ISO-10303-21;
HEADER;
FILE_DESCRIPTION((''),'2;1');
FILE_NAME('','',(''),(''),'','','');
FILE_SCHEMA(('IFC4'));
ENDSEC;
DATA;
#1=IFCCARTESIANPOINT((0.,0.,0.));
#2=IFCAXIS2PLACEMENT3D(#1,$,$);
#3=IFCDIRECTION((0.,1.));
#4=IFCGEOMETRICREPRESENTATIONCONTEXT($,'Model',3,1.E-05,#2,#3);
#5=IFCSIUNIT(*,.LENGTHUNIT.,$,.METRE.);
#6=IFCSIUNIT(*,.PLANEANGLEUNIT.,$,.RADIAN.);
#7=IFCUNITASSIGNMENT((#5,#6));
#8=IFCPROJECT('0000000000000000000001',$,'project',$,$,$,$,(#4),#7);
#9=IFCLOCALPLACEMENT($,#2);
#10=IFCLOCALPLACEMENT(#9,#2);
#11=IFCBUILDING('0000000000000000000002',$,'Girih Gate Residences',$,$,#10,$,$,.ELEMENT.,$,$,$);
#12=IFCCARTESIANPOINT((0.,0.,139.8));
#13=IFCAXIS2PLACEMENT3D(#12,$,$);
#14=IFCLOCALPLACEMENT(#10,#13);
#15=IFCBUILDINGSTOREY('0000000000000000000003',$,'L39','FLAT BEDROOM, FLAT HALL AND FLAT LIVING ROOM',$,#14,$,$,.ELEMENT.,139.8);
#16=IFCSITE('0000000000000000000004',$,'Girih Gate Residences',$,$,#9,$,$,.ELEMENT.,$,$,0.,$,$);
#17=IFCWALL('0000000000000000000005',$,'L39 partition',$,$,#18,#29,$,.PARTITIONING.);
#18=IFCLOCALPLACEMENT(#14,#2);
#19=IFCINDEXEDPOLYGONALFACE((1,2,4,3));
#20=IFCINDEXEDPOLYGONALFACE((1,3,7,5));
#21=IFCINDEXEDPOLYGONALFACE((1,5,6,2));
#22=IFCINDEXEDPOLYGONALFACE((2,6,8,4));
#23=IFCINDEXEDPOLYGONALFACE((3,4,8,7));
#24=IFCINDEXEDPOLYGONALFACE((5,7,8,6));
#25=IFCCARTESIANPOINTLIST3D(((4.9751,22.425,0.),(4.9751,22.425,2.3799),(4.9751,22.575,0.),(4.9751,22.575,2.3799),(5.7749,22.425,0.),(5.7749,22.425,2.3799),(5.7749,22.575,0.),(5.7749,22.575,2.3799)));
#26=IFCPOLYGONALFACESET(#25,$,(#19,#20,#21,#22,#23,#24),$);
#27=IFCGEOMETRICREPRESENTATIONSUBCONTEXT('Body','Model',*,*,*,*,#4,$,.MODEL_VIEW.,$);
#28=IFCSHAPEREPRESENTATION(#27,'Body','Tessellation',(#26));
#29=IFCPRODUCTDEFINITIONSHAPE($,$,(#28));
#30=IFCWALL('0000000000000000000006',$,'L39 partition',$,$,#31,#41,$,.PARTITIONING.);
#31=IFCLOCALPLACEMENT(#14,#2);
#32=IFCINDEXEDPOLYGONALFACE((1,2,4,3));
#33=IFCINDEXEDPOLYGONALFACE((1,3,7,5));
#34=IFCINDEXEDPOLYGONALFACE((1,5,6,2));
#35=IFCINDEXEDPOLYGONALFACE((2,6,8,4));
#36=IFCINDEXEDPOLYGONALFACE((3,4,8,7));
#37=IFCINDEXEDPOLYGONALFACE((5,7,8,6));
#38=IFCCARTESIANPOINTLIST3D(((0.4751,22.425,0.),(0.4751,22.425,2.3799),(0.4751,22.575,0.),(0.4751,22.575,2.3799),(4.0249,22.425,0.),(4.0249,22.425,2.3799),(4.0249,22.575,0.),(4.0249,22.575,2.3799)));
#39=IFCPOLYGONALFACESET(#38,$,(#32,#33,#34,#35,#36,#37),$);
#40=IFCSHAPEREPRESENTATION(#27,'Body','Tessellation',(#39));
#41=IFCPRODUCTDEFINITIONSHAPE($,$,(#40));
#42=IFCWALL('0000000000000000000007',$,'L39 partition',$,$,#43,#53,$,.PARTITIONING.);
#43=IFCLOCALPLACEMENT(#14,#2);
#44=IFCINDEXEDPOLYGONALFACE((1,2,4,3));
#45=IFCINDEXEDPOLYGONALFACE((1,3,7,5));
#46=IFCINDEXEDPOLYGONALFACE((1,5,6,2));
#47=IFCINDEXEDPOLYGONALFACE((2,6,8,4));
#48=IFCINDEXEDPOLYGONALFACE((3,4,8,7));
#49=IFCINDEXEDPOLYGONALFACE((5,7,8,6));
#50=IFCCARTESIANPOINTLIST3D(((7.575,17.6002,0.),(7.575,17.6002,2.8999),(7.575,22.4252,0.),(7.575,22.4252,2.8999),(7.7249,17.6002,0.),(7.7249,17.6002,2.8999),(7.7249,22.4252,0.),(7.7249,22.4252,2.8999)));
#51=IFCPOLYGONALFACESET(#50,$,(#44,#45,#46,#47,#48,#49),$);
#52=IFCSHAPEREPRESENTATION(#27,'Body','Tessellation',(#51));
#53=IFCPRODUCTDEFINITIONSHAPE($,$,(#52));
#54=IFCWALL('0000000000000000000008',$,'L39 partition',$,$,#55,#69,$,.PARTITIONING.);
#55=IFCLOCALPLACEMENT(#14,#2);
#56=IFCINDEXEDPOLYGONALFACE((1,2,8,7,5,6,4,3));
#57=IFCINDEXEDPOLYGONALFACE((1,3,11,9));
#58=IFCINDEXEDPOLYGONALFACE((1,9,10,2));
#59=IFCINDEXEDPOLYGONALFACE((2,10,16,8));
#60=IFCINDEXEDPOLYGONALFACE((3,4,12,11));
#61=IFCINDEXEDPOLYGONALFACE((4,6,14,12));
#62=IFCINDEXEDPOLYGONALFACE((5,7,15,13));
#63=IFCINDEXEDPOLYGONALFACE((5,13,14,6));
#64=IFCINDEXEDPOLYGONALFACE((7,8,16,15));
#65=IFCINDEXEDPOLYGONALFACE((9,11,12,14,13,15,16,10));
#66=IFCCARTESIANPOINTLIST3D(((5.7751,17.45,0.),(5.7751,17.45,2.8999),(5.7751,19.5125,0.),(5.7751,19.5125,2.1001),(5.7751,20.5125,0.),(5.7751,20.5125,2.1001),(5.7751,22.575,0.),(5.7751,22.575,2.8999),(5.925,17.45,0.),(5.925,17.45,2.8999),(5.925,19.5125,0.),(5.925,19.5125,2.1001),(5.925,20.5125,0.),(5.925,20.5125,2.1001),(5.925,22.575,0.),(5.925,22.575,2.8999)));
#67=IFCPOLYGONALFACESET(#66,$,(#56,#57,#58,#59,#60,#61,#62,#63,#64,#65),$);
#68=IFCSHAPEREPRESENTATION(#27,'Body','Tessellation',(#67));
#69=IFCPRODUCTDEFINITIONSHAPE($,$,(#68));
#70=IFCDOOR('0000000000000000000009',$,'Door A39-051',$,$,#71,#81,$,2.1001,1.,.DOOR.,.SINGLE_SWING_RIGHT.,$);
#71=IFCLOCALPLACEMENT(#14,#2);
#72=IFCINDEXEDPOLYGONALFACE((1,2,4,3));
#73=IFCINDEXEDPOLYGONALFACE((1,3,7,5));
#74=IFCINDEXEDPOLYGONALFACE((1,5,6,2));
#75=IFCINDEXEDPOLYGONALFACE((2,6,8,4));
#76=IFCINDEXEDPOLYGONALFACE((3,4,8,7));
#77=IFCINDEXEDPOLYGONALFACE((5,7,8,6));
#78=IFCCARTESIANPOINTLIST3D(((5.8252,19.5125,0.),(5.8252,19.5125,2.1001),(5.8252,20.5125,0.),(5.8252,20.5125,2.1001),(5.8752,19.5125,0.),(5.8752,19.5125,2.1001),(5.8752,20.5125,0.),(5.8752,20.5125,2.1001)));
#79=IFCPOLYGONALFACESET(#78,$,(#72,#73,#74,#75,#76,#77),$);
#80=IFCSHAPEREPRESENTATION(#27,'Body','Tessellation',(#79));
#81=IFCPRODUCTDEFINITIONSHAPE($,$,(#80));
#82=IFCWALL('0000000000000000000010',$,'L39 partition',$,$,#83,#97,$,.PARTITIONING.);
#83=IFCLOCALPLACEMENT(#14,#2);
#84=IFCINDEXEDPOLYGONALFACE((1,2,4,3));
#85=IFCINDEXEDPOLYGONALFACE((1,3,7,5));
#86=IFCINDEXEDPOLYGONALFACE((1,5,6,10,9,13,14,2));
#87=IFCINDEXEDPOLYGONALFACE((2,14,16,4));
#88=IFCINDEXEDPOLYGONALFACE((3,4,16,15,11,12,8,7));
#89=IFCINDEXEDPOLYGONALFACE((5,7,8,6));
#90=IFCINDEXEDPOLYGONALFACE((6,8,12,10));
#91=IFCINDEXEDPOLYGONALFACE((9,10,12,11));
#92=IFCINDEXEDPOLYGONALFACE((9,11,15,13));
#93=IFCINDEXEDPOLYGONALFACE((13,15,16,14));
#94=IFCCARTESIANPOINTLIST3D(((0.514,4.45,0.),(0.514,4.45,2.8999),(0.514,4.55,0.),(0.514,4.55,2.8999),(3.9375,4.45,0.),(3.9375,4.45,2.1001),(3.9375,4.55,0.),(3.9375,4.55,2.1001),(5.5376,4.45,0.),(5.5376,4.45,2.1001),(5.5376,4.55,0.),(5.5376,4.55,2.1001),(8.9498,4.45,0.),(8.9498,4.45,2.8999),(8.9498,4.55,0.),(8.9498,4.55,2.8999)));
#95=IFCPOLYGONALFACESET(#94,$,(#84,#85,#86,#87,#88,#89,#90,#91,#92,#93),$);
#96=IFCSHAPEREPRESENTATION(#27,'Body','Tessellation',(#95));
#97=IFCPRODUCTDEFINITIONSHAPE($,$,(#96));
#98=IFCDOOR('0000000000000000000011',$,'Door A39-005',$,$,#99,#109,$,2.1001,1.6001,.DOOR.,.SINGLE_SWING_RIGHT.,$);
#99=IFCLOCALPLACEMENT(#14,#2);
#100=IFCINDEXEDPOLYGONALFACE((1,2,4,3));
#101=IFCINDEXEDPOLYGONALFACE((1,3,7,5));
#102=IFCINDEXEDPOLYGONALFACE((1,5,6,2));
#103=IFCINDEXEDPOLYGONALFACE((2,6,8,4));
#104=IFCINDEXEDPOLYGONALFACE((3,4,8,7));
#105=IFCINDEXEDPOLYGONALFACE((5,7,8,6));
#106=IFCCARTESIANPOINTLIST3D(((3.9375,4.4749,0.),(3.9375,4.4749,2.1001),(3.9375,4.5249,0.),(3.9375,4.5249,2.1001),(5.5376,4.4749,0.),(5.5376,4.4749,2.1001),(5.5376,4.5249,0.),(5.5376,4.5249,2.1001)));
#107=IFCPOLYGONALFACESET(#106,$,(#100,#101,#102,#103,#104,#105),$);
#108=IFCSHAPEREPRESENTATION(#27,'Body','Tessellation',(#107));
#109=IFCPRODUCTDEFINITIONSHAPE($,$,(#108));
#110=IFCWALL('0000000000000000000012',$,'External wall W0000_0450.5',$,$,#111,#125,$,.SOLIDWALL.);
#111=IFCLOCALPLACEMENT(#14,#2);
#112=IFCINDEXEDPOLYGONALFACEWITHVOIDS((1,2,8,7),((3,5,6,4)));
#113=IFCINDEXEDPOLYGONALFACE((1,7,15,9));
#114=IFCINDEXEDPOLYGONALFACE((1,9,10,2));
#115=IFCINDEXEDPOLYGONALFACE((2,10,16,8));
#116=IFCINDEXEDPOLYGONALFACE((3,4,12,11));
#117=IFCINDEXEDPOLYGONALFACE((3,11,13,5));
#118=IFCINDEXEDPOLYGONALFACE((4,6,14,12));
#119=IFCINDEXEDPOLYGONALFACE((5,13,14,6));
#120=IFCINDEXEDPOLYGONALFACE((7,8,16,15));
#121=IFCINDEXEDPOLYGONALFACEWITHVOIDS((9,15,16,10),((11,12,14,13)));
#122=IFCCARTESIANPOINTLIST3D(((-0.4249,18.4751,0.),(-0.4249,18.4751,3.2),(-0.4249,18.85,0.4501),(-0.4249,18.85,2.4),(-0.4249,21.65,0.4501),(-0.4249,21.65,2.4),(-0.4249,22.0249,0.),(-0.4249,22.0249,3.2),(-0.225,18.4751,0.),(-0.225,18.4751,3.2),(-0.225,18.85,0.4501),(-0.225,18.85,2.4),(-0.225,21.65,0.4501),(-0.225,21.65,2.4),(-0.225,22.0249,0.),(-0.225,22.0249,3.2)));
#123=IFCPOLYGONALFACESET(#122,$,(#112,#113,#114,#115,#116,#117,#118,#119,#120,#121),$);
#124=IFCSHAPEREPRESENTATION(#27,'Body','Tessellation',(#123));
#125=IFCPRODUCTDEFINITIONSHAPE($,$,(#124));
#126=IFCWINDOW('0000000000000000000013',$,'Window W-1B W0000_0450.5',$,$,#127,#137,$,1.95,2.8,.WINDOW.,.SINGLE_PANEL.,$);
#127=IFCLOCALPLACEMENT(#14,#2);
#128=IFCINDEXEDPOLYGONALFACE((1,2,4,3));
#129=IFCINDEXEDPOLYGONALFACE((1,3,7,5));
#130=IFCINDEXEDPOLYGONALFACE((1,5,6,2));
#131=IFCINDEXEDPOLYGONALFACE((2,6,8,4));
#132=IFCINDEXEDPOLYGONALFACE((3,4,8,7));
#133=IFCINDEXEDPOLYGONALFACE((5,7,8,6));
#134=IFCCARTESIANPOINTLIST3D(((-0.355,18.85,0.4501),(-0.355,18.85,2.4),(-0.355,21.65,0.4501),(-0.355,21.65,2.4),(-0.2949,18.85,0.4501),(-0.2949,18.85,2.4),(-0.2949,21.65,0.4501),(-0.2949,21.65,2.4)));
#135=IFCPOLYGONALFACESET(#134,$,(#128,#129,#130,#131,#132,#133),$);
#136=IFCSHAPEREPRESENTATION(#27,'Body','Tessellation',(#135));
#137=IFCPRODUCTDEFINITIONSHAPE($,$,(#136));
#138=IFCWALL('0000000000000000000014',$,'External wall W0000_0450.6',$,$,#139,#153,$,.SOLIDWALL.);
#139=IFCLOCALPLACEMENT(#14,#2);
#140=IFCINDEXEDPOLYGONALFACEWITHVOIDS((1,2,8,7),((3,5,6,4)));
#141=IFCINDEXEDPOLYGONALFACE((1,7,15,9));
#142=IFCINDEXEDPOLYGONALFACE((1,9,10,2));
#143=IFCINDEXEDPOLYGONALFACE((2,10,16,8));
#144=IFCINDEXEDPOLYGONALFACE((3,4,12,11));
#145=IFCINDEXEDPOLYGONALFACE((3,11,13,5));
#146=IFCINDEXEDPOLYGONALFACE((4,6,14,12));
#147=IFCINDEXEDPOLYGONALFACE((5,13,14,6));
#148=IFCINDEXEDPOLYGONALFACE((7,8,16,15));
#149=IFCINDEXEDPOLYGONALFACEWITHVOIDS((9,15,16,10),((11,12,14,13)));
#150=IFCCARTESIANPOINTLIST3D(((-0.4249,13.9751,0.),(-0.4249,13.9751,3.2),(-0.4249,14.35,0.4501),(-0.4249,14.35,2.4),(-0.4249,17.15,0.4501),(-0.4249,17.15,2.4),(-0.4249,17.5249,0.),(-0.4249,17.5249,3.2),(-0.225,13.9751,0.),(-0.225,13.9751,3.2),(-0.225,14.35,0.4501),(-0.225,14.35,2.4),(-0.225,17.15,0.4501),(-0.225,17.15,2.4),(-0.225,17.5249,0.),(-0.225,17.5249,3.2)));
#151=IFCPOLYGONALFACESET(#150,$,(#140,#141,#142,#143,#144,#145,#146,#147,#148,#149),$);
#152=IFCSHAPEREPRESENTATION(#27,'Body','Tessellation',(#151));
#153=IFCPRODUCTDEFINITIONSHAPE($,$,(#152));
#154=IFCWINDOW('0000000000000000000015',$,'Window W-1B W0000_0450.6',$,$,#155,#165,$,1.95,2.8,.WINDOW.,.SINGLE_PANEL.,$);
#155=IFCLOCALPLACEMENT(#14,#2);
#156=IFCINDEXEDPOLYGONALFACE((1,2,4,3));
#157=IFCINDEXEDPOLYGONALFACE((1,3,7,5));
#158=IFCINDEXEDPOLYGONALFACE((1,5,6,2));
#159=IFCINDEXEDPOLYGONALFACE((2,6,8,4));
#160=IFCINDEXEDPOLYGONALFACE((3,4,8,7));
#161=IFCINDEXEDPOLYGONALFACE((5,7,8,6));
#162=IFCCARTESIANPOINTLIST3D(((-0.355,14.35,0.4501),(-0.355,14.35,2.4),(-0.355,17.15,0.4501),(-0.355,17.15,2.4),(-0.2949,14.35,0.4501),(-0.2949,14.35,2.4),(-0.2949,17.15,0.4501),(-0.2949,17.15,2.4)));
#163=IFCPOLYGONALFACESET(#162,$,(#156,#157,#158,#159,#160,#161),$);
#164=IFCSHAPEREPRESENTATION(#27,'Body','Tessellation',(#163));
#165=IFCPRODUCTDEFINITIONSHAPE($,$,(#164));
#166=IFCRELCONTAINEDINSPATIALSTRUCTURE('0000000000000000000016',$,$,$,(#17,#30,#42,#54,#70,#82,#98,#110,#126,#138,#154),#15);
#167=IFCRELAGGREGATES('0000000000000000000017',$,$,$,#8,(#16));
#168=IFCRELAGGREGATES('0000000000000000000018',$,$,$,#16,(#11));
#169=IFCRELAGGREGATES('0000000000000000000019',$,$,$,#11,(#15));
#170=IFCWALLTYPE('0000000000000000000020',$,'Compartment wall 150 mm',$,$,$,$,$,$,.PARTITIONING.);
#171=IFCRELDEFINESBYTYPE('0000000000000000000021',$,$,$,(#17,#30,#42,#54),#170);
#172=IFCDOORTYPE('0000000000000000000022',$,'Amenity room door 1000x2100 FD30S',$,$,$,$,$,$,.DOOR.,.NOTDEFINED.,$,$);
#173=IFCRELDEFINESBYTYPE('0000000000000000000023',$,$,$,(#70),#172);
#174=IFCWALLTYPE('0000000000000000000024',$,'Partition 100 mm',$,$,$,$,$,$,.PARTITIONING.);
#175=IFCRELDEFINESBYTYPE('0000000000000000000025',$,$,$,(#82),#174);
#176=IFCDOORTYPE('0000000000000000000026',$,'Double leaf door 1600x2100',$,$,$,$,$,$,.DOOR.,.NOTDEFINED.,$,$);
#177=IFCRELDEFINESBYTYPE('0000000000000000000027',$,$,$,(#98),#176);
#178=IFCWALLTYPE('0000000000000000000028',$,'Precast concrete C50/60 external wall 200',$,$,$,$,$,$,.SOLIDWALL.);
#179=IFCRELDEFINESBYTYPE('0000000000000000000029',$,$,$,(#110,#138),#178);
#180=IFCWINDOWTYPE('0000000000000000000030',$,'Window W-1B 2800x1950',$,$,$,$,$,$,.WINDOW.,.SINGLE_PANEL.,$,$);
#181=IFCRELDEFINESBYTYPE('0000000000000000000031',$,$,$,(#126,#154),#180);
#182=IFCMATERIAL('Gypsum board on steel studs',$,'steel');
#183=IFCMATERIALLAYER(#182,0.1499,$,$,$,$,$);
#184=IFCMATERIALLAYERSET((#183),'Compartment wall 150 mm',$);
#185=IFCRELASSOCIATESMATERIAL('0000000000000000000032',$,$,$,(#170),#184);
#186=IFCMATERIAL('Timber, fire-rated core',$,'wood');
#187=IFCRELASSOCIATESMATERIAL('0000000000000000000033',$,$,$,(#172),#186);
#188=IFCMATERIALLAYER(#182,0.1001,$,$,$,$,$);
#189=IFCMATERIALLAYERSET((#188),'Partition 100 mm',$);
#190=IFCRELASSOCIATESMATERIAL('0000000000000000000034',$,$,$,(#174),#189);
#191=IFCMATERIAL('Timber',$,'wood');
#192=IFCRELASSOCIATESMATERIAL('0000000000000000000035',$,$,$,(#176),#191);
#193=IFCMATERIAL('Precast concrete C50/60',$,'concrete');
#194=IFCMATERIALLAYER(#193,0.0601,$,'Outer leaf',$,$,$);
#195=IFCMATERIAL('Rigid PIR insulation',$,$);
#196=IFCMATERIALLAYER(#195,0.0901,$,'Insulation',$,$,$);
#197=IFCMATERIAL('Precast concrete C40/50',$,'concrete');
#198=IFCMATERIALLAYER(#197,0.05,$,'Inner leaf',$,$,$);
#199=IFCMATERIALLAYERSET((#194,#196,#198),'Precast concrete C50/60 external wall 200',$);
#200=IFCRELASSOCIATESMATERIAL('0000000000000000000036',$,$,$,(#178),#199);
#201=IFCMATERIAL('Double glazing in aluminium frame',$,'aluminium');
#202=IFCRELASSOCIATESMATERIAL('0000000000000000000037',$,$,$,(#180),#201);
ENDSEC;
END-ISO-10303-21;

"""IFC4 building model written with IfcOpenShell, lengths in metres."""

from ifc_helpers import new_model, si_unit, direction, frame, frame_2d, origin, place, context, subcontext, project, spatial, rectangle, extrude, material, layer, layer_set, type_object, element, fill, save


model = new_model("IFC4")

# Units and contexts
model_context = context("Model", 3, precision=1e-05, world=origin(), true_north=direction((0.0, 1.0)))
body_context = subcontext(model_context, "Body", "Model", "MODEL_VIEW")
ifc_project = project(units=[si_unit("LENGTHUNIT", "METRE"), si_unit("PLANEANGLEUNIT", "RADIAN")], contexts=[model_context])

# Site, building, storey
site_placement = place(None, origin())
site = spatial("IfcSite", under=ifc_project, at=site_placement, Name="Girih Gate Residences", CompositionType="ELEMENT", RefElevation=0.0)
building_placement = place(site_placement, origin())
building = spatial("IfcBuilding", under=site, at=building_placement, Name="Girih Gate Residences", CompositionType="ELEMENT")
storey_placement = place(building_placement, frame((0.0, 0.0, 139.8)))
storey = spatial("IfcBuildingStorey", under=building, at=storey_placement, Name="L39", Description="FLAT BEDROOM, FLAT HALL AND FLAT LIVING ROOM", CompositionType="ELEMENT", Elevation=139.8)

# Shared definitions
ifc_material_1 = material(Name="Gypsum board on steel studs", Category="steel")
ifc_layer_1 = layer(ifc_material_1, 0.1499)
ifc_layer_set_1 = layer_set([ifc_layer_1], Name="Compartment wall 150 mm")
wall_type_1 = type_object("IfcWallType", Name="Compartment wall 150 mm", PredefinedType="PARTITIONING", material=ifc_layer_set_1)

# Shared definitions
ifc_material_2 = material(Name="Timber", Category="wood")

# Walls
wall_1_placement = place(storey_placement, frame((4.9751, 22.5, 0.0), z_axis=(0.0, 0.0, 1.0), x_axis=(1.0, 0.0, 0.0)))
element("IfcWall", 1, at=wall_1_placement, inside=storey, type_object=wall_type_1, Name="L39 partition", PredefinedType="PARTITIONING", context=body_context, shape_type="SweptSolid", body=[
    extrude(rectangle(XDim=0.7998, YDim=0.1499, at=frame_2d((0.3999, 0.0))), origin(), (0.0, 0.0, 1.0), 2.3799),
])
wall_2_placement = place(storey_placement, frame((0.4751, 22.5, 0.0), z_axis=(0.0, 0.0, 1.0), x_axis=(1.0, 0.0, 0.0)))
element("IfcWall", 2, at=wall_2_placement, inside=storey, type_object=wall_type_1, Name="L39 partition", PredefinedType="PARTITIONING", context=body_context, shape_type="SweptSolid", body=[
    extrude(rectangle(XDim=3.5498, YDim=0.1499, at=frame_2d((1.7749, 0.0))), origin(), (0.0, 0.0, 1.0), 2.3799),
])
wall_3_placement = place(storey_placement, frame((7.6499, 17.6001, 0.0), z_axis=(0.0, 0.0, 1.0), x_axis=(0.0, 1.0, 0.0)))
element("IfcWall", 3, at=wall_3_placement, inside=storey, type_object=wall_type_1, Name="L39 partition", PredefinedType="PARTITIONING", context=body_context, shape_type="SweptSolid", body=[
    extrude(rectangle(XDim=4.825, YDim=0.1499, at=frame_2d((2.4126, 0.0))), origin(), (0.0, 0.0, 1.0), 2.8999),
])

# Walls, openings, doors
wall_4_placement = place(storey_placement, frame((5.8501, 17.45, 0.0), z_axis=(0.0, 0.0, 1.0), x_axis=(0.0, 1.0, 0.0)))
wall_4 = element("IfcWall", 4, at=wall_4_placement, inside=storey, type_object=wall_type_1, Name="L39 partition", PredefinedType="PARTITIONING", context=body_context, shape_type="SweptSolid", body=[
    extrude(rectangle(XDim=5.125, YDim=0.1499, at=frame_2d((2.5625, 0.0))), origin(), (0.0, 0.0, 1.0), 2.8999),
])
opening_1_placement = place(wall_4_placement, frame((2.0625, 0.0, 0.0)))
opening_1 = element("IfcOpeningElement", 5, at=opening_1_placement, cuts=wall_4, PredefinedType="OPENING", context=body_context, shape_type="SweptSolid", body=[
    extrude(rectangle(XDim=1.0, YDim=2.1001, at=frame_2d((0.5, 1.05))), frame((0.0, 0.085, 0.0), z_axis=(0.0, -1.0, 0.0), x_axis=(1.0, 0.0, 0.0)), (0.0, 0.0, 1.0), 0.1699),
])
ifc_material_3 = material(Name="Timber, fire-rated core", Category="wood")
door_type_1 = type_object("IfcDoorType", Name="Amenity room door 1000x2100 FD30S", OperationType="NOTDEFINED", PredefinedType="DOOR", material=ifc_material_3)
door_1_placement = place(opening_1_placement, origin())
door_1 = element("IfcDoor", 6, at=door_1_placement, inside=storey, type_object=door_type_1, Name="Door A39-051", OperationType="SINGLE_SWING_RIGHT", OverallHeight=2.1001, OverallWidth=1.0, PredefinedType="DOOR", context=body_context, shape_type="SweptSolid", body=[
    extrude(rectangle(XDim=1.0, YDim=2.1001, at=frame_2d((0.5, 1.05))), frame((0.0, 0.0249, 0.0), z_axis=(0.0, -1.0, 0.0), x_axis=(1.0, 0.0, 0.0)), (0.0, 0.0, 1.0), 0.05),
])
fill(opening_1, door_1)
ifc_layer_2 = layer(ifc_material_1, 0.1001)
ifc_layer_set_2 = layer_set([ifc_layer_2], Name="Partition 100 mm")
wall_type_2 = type_object("IfcWallType", Name="Partition 100 mm", PredefinedType="PARTITIONING", material=ifc_layer_set_2)
wall_5_placement = place(storey_placement, frame((0.5142, 4.5, 0.0), z_axis=(0.0, 0.0, 1.0), x_axis=(1.0, 0.0, 0.0)))
wall_5 = element("IfcWall", 7, at=wall_5_placement, inside=storey, type_object=wall_type_2, Name="L39 partition", PredefinedType="PARTITIONING", context=body_context, shape_type="SweptSolid", body=[
    extrude(rectangle(XDim=8.4358, YDim=0.1001, at=frame_2d((4.2178, 0.0))), origin(), (0.0, 0.0, 1.0), 2.8999),
])
opening_2_placement = place(wall_5_placement, frame((3.4233, 0.0, 0.0)))
opening_2 = element("IfcOpeningElement", 8, at=opening_2_placement, cuts=wall_5, PredefinedType="OPENING", context=body_context, shape_type="SweptSolid", body=[
    extrude(rectangle(XDim=1.6001, YDim=2.1001, at=frame_2d((0.8, 1.05))), frame((0.0, 0.0601, 0.0), z_axis=(0.0, -1.0, 0.0), x_axis=(1.0, 0.0, 0.0)), (0.0, 0.0, 1.0), 0.1201),
])
door_type_2 = type_object("IfcDoorType", Name="Double leaf door 1600x2100", OperationType="NOTDEFINED", PredefinedType="DOOR", material=ifc_material_2)
door_2_placement = place(opening_2_placement, origin())
door_2 = element("IfcDoor", 9, at=door_2_placement, inside=storey, type_object=door_type_2, Name="Door A39-005", OperationType="SINGLE_SWING_RIGHT", OverallHeight=2.1001, OverallWidth=1.6001, PredefinedType="DOOR", context=body_context, shape_type="SweptSolid", body=[
    extrude(rectangle(XDim=1.6001, YDim=2.1001, at=frame_2d((0.8, 1.05))), frame((0.0, 0.0249, 0.0), z_axis=(0.0, -1.0, 0.0), x_axis=(1.0, 0.0, 0.0)), (0.0, 0.0, 1.0), 0.05),
])
fill(opening_2, door_2)

# Walls, openings, windows
ifc_material_4 = material(Name="Precast concrete C50/60", Category="concrete")
ifc_layer_3 = layer(ifc_material_4, 0.0601, Name="Outer leaf")
ifc_material_5 = material(Name="Rigid PIR insulation")
ifc_layer_4 = layer(ifc_material_5, 0.0901, Name="Insulation")
ifc_material_6 = material(Name="Precast concrete C40/50", Category="concrete")
ifc_layer_5 = layer(ifc_material_6, 0.05, Name="Inner leaf")
ifc_layer_set_3 = layer_set([ifc_layer_3, ifc_layer_4, ifc_layer_5], Name="Precast concrete C50/60 external wall 200")
wall_type_3 = type_object("IfcWallType", Name="Precast concrete C50/60 external wall 200", PredefinedType="SOLIDWALL", material=ifc_layer_set_3)
wall_6_placement = place(storey_placement, frame((-0.325, 18.4751, 0.0), z_axis=(0.0, 0.0, 1.0), x_axis=(0.0, 1.0, 0.0)))
wall_6 = element("IfcWall", 10, at=wall_6_placement, inside=storey, type_object=wall_type_3, Name="External wall W0000_0450.5", PredefinedType="SOLIDWALL", context=body_context, shape_type="SweptSolid", body=[
    extrude(rectangle(XDim=3.5498, YDim=0.2, at=frame_2d((1.7749, 0.0))), origin(), (0.0, 0.0, 1.0), 3.2),
])
opening_3_placement = place(wall_6_placement, frame((0.375, 0.0, 0.45)))
opening_3 = element("IfcOpeningElement", 11, at=opening_3_placement, cuts=wall_6, PredefinedType="OPENING", context=body_context, shape_type="SweptSolid", body=[
    extrude(rectangle(XDim=2.8, YDim=1.95, at=frame_2d((1.3999, 0.9751))), frame((0.0, 0.1099, 0.0), z_axis=(0.0, -1.0, 0.0), x_axis=(1.0, 0.0, 0.0)), (0.0, 0.0, 1.0), 0.22),
])
ifc_material_7 = material(Name="Double glazing in aluminium frame", Category="aluminium")
window_type = type_object("IfcWindowType", Name="Window W-1B 2800x1950", PartitioningType="SINGLE_PANEL", PredefinedType="WINDOW", material=ifc_material_7)
window_1_placement = place(opening_3_placement, origin())
window_1 = element("IfcWindow", 12, at=window_1_placement, inside=storey, type_object=window_type, Name="Window W-1B W0000_0450.5", OverallHeight=1.95, OverallWidth=2.8, PartitioningType="SINGLE_PANEL", PredefinedType="WINDOW", context=body_context, shape_type="SweptSolid", body=[
    extrude(rectangle(XDim=2.8, YDim=1.95, at=frame_2d((1.3999, 0.9751))), frame((0.0, 0.03, 0.0), z_axis=(0.0, -1.0, 0.0), x_axis=(1.0, 0.0, 0.0)), (0.0, 0.0, 1.0), 0.0601),
])
fill(opening_3, window_1)
wall_7_placement = place(storey_placement, frame((-0.325, 13.9751, 0.0), z_axis=(0.0, 0.0, 1.0), x_axis=(0.0, 1.0, 0.0)))
wall_7 = element("IfcWall", 13, at=wall_7_placement, inside=storey, type_object=wall_type_3, Name="External wall W0000_0450.6", PredefinedType="SOLIDWALL", context=body_context, shape_type="SweptSolid", body=[
    extrude(rectangle(XDim=3.5498, YDim=0.2, at=frame_2d((1.7749, 0.0))), origin(), (0.0, 0.0, 1.0), 3.2),
])
opening_4_placement = place(wall_7_placement, frame((0.375, 0.0, 0.45)))
opening_4 = element("IfcOpeningElement", 14, at=opening_4_placement, cuts=wall_7, PredefinedType="OPENING", context=body_context, shape_type="SweptSolid", body=[
    extrude(rectangle(XDim=2.8, YDim=1.95, at=frame_2d((1.3999, 0.9751))), frame((0.0, 0.1099, 0.0), z_axis=(0.0, -1.0, 0.0), x_axis=(1.0, 0.0, 0.0)), (0.0, 0.0, 1.0), 0.22),
])
window_2_placement = place(opening_4_placement, origin())
window_2 = element("IfcWindow", 15, at=window_2_placement, inside=storey, type_object=window_type, Name="Window W-1B W0000_0450.6", OverallHeight=1.95, OverallWidth=2.8, PartitioningType="SINGLE_PANEL", PredefinedType="WINDOW", context=body_context, shape_type="SweptSolid", body=[
    extrude(rectangle(XDim=2.8, YDim=1.95, at=frame_2d((1.3999, 0.9751))), frame((0.0, 0.03, 0.0), z_axis=(0.0, -1.0, 0.0), x_axis=(1.0, 0.0, 0.0)), (0.0, 0.0, 1.0), 0.0601),
])
fill(opening_4, window_2)

save(model, "model.ifc")
